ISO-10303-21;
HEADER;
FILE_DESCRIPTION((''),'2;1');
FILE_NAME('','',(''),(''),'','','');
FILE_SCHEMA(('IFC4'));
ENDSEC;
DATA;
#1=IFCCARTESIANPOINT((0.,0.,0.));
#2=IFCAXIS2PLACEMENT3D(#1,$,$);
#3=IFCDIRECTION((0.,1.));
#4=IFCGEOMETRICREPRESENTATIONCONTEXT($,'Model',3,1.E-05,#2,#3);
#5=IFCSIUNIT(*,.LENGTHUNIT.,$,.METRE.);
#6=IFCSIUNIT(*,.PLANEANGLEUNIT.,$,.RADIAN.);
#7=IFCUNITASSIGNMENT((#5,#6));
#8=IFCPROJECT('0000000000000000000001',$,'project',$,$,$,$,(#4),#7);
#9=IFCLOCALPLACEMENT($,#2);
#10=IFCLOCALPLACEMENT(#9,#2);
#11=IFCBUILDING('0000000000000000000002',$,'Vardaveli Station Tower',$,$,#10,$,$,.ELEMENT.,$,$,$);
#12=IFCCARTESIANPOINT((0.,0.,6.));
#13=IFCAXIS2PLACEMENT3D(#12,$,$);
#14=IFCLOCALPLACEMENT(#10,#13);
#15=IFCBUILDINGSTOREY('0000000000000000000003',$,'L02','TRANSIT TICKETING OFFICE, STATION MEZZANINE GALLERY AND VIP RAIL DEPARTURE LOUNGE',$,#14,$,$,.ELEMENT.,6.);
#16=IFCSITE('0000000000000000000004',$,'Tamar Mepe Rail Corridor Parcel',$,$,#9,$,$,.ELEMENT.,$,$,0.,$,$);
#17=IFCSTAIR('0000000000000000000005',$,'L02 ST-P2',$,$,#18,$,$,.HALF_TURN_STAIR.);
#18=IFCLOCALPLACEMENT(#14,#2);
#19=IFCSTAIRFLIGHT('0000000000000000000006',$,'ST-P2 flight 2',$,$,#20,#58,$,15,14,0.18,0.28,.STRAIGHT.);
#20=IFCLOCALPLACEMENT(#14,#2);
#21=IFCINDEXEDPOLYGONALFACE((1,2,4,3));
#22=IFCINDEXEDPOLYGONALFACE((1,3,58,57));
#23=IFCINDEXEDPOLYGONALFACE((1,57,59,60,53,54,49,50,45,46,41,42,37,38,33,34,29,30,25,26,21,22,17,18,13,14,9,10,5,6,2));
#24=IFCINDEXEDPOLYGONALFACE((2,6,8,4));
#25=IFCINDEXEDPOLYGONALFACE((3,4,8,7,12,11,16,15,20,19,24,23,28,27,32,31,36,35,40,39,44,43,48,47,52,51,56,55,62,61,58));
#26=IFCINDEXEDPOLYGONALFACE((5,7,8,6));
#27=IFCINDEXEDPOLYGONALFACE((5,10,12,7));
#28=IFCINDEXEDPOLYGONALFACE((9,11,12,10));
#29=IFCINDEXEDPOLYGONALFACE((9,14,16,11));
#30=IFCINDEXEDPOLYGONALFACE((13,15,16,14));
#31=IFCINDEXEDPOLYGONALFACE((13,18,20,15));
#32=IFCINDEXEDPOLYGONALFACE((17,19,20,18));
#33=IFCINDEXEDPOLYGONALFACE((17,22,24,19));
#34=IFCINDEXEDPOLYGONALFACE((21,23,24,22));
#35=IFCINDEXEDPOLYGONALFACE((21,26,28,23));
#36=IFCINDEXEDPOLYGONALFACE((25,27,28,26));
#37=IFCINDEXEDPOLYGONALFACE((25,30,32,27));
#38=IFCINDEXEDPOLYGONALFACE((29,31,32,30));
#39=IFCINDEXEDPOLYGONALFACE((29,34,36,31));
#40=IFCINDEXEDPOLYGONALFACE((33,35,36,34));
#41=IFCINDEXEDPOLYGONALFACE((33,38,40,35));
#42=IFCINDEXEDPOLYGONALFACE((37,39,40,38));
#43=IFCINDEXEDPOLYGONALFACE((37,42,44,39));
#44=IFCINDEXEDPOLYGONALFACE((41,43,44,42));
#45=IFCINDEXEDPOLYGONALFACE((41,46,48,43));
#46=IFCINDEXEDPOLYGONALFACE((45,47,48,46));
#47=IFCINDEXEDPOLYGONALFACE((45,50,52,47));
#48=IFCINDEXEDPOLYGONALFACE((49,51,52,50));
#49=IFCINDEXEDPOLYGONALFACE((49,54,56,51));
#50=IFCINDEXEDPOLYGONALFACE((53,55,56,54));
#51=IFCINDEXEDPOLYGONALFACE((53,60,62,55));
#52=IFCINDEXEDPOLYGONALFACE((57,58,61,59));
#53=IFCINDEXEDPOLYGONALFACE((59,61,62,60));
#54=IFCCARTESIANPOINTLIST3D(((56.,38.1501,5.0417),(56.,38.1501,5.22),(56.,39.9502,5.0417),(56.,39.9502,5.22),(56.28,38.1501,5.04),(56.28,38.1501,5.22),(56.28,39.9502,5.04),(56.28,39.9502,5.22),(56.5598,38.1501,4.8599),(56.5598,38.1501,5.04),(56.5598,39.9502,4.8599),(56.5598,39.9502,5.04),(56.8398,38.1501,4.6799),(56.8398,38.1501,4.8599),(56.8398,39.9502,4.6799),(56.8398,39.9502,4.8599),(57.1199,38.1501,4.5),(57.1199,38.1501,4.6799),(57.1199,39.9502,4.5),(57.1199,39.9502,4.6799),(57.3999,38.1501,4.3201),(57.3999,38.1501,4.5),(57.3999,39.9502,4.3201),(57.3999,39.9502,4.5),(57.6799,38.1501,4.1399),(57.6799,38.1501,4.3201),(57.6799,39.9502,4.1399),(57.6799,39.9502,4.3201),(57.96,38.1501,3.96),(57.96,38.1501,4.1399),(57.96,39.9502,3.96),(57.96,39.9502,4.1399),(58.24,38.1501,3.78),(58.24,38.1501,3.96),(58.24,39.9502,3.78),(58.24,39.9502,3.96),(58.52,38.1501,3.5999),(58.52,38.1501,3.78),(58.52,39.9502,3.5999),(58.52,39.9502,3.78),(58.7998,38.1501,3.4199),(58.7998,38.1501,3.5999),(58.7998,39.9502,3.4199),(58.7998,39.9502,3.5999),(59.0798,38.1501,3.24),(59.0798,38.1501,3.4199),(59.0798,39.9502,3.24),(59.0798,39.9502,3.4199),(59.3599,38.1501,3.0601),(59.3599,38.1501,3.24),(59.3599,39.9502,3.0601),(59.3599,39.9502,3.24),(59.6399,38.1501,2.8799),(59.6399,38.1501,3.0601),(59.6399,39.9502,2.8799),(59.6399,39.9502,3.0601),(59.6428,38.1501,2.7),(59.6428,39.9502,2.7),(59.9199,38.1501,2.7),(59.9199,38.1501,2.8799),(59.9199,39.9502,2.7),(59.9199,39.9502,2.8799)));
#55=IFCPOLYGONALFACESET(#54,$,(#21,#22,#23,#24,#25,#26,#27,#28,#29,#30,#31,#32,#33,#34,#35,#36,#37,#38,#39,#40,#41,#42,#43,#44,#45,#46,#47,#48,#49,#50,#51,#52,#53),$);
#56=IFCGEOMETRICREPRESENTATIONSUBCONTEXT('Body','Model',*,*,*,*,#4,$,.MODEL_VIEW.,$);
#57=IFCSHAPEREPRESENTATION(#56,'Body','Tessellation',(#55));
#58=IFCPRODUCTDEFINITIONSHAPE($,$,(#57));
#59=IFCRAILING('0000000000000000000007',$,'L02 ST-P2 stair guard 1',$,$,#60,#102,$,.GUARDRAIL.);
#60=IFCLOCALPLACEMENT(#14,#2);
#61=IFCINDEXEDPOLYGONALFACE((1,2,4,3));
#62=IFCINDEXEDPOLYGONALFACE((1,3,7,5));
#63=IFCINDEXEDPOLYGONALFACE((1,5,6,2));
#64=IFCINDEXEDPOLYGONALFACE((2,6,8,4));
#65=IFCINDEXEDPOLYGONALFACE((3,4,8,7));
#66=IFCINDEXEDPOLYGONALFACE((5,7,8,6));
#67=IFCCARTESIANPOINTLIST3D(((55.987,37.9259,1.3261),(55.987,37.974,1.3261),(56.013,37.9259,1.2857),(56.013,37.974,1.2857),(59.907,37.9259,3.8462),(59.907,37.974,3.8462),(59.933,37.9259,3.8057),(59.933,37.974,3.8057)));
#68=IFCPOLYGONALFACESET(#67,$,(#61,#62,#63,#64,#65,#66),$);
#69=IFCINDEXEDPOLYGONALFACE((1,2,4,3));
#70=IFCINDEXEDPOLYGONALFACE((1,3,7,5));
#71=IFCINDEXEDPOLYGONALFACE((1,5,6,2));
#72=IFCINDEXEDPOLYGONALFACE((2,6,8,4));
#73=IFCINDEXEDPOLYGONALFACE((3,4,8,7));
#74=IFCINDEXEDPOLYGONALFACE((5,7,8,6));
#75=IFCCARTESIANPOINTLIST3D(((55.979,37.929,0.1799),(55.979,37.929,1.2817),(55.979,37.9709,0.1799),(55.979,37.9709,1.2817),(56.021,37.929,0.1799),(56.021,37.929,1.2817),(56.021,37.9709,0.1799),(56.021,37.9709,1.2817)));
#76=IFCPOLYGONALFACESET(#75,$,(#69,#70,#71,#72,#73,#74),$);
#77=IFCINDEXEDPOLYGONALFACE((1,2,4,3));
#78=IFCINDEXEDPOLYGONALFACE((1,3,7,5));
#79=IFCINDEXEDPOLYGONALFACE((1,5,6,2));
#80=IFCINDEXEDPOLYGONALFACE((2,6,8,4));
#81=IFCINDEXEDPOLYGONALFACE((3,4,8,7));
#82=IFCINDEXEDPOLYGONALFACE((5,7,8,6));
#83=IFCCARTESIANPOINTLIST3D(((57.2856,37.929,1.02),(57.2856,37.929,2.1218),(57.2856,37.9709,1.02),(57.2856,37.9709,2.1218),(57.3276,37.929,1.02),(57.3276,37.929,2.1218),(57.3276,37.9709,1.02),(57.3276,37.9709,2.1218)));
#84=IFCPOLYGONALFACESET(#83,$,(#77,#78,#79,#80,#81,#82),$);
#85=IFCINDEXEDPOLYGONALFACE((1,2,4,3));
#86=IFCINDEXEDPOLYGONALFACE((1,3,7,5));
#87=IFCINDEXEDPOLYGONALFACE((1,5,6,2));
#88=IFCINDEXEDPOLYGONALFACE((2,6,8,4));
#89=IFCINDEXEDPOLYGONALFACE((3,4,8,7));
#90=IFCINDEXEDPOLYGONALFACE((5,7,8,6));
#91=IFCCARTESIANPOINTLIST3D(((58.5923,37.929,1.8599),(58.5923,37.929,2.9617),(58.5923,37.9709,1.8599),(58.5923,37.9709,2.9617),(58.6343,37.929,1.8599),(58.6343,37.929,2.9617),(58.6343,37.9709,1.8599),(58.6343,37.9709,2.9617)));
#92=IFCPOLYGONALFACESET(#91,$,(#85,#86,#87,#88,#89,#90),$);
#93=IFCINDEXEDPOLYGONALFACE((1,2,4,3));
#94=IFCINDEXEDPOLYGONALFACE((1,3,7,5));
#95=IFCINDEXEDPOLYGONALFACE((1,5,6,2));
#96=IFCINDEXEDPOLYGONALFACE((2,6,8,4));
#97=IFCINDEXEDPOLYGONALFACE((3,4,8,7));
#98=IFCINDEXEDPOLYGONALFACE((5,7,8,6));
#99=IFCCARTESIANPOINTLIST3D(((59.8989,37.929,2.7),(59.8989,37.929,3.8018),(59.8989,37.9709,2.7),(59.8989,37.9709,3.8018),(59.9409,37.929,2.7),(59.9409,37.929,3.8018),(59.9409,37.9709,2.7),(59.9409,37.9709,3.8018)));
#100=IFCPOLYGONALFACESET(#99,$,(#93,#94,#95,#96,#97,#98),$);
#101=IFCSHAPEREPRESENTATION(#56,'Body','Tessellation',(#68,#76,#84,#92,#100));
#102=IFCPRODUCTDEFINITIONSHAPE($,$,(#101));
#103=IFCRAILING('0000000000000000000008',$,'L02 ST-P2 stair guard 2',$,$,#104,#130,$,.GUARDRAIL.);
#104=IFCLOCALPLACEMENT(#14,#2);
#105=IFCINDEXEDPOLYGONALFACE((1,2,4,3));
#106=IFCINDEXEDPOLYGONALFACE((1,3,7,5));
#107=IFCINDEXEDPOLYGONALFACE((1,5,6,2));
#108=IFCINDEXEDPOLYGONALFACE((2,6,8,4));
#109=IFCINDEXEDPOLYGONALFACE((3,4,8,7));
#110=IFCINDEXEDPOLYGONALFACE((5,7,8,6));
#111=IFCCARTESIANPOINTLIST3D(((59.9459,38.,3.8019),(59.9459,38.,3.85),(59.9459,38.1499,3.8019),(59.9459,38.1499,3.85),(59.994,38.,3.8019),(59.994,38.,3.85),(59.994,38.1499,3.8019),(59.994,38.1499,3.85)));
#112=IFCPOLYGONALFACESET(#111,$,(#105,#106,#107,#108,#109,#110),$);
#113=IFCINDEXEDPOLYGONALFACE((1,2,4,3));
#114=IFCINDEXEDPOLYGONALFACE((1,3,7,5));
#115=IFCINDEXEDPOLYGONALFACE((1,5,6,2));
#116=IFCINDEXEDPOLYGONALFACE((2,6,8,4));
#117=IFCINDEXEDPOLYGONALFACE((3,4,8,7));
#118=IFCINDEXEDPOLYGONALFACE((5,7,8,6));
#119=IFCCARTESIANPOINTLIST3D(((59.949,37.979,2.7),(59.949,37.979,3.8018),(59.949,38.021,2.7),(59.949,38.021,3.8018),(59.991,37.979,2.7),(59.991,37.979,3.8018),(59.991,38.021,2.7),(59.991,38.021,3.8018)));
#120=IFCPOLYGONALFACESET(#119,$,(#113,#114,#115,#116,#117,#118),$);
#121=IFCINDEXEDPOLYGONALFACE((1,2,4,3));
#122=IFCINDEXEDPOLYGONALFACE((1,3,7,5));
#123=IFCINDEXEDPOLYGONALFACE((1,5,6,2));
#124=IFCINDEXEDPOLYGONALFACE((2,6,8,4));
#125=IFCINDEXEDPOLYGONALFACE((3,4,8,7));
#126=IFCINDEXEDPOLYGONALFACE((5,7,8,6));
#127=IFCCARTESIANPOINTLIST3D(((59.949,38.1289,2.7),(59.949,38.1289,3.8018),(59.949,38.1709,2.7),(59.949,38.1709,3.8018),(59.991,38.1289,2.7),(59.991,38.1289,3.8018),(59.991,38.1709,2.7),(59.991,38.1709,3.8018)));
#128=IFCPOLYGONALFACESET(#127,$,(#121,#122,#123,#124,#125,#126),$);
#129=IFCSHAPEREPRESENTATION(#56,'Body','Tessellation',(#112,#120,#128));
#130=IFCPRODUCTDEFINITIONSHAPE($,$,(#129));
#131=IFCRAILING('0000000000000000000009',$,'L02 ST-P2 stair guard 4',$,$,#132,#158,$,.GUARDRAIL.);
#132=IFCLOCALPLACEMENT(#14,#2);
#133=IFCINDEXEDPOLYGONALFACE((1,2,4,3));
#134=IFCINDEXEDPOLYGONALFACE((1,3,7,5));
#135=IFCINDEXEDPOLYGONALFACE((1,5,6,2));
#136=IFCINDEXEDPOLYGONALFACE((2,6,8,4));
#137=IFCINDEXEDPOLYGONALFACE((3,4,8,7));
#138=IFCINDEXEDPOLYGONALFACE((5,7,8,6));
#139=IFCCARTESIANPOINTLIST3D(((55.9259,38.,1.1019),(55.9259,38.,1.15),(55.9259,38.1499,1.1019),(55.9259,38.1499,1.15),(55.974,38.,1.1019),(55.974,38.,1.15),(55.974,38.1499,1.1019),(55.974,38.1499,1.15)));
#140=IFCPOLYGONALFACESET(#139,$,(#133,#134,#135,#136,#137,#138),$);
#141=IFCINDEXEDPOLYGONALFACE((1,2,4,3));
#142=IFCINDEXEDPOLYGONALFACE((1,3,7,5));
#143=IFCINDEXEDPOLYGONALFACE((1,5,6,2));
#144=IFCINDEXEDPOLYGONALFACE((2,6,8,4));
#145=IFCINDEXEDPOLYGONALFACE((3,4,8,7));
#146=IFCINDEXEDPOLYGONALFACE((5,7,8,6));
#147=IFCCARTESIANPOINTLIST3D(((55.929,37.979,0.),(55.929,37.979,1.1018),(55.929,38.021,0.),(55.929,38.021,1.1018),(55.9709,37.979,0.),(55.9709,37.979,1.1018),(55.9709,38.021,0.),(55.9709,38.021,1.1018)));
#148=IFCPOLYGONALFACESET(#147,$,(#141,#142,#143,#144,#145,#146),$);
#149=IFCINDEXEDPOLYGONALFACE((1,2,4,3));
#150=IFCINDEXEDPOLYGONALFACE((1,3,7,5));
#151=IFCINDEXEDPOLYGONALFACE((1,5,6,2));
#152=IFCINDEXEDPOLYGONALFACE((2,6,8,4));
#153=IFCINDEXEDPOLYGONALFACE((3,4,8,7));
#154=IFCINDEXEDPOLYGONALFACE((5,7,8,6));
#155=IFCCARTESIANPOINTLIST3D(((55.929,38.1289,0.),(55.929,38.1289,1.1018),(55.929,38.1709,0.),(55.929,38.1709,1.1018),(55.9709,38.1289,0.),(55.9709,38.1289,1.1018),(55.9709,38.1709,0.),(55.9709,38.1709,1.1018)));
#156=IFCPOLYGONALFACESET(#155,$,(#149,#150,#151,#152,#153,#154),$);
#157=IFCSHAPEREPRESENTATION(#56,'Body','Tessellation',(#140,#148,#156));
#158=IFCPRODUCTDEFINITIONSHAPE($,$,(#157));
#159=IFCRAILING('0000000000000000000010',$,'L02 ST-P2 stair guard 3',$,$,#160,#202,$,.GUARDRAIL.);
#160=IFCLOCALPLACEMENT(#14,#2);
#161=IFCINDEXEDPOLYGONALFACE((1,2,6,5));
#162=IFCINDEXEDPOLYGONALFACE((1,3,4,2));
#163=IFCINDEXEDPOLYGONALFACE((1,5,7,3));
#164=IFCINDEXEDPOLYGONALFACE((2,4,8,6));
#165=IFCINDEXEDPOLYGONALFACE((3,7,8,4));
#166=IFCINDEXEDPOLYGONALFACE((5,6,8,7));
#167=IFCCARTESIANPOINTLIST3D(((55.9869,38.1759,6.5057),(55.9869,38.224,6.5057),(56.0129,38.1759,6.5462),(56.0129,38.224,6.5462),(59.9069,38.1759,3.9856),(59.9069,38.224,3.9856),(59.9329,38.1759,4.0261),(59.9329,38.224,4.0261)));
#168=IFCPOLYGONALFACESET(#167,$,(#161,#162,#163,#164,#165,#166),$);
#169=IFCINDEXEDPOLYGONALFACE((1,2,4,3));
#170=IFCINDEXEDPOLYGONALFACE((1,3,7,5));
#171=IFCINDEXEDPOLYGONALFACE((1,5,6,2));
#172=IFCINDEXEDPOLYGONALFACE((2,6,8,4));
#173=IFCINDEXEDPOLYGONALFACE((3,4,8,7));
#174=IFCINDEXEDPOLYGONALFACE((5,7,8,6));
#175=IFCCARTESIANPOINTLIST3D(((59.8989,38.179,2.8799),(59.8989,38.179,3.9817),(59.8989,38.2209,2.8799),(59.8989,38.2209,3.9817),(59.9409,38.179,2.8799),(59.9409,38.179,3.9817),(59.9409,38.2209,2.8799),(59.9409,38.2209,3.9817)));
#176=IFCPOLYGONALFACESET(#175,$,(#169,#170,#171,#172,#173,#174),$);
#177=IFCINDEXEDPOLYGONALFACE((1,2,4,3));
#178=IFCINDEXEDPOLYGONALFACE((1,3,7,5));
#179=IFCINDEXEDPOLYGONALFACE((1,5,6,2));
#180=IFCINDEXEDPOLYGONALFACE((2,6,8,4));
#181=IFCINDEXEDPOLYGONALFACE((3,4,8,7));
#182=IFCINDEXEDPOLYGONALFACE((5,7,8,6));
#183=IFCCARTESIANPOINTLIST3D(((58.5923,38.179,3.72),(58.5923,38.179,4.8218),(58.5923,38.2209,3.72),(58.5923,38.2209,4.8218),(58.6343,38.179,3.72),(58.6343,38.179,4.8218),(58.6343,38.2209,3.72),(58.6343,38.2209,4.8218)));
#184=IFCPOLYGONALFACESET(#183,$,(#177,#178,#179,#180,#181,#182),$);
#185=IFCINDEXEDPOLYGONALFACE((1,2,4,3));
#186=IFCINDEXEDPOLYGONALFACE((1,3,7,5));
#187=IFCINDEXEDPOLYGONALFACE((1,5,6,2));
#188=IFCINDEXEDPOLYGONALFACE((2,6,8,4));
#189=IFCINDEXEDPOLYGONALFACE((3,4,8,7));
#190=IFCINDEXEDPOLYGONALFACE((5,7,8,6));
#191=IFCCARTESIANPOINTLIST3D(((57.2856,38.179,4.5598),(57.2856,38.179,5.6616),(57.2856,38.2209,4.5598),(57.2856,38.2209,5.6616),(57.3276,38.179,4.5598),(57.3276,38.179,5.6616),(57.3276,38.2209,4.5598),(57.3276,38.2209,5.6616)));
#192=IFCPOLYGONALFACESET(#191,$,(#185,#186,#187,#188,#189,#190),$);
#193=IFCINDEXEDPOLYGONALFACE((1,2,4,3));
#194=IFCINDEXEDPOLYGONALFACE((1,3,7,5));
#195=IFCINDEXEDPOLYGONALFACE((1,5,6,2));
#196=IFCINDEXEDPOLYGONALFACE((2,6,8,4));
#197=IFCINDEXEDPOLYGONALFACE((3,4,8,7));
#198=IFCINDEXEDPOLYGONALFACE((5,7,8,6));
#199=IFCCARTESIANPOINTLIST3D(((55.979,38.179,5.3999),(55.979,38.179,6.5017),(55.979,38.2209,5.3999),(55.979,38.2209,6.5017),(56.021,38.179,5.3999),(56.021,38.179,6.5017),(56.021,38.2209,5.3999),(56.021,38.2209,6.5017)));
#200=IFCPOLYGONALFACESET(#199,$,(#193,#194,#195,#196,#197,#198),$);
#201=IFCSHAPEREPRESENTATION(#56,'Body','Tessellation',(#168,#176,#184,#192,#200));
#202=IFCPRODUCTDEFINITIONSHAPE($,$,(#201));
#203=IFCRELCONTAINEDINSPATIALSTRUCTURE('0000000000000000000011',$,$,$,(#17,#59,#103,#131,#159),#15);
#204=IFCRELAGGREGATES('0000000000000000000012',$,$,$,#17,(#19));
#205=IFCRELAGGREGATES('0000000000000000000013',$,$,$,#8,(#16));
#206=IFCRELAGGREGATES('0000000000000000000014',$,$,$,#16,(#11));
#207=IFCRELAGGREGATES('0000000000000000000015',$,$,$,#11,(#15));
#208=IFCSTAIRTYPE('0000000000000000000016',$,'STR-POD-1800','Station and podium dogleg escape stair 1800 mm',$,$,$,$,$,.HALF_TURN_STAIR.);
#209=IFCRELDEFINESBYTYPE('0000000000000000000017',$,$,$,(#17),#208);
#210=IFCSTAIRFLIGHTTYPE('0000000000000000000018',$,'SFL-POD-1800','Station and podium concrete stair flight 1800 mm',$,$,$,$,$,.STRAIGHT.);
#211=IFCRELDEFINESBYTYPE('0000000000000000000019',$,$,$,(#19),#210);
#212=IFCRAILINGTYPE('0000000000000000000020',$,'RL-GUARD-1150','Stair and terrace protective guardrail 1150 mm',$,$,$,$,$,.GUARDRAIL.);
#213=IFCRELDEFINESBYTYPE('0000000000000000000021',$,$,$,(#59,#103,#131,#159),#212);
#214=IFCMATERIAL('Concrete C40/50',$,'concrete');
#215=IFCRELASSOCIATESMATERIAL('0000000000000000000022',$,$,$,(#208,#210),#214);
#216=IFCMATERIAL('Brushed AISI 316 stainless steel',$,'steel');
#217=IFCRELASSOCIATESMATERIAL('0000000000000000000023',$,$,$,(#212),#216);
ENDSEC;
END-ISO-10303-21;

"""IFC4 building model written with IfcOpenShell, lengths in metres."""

from ifc_helpers import new_model, si_unit, direction, frame, origin, origin_2d, place, context, subcontext, project, spatial, polyline, rectangle, outline, extrude, source, transform, mapped, material, type_object, element, aggregate, save


model = new_model("IFC4")

# Units and contexts
model_context = context("Model", 3, precision=1e-05, world=origin(), true_north=direction((0.0, 1.0)))
body_context = subcontext(model_context, "Body", "Model", "MODEL_VIEW")
ifc_project = project(units=[si_unit("LENGTHUNIT", "METRE"), si_unit("PLANEANGLEUNIT", "RADIAN")], contexts=[model_context])

# Site, building, storey
site_placement = place(None, origin())
site = spatial("IfcSite", under=ifc_project, at=site_placement, Name="Tamar Mepe Rail Corridor Parcel", CompositionType="ELEMENT", RefElevation=0.0)
building_placement = place(site_placement, origin())
building = spatial("IfcBuilding", under=site, at=building_placement, Name="Vardaveli Station Tower", CompositionType="ELEMENT")
storey_placement = place(building_placement, frame((0.0, 0.0, 6.0)))
storey = spatial("IfcBuildingStorey", under=building, at=storey_placement, Name="L02", Description="TRANSIT TICKETING OFFICE, STATION MEZZANINE GALLERY AND VIP RAIL DEPARTURE LOUNGE", CompositionType="ELEMENT", Elevation=6.0)

# Shared definitions
ifc_material_1 = material(Name="Concrete C40/50", Category="concrete")

# Stair, stair flight
stair_type = type_object("IfcStairType", Name="STR-POD-1800", Description="Station and podium dogleg escape stair 1800 mm", PredefinedType="HALF_TURN_STAIR", material=ifc_material_1)
stair_placement = place(storey_placement, origin())
stair = element("IfcStair", 1, at=stair_placement, inside=storey, type_object=stair_type, Name="L02 ST-P2", PredefinedType="HALF_TURN_STAIR")
stair_flight_type = type_object("IfcStairFlightType", Name="SFL-POD-1800", Description="Station and podium concrete stair flight 1800 mm", PredefinedType="STRAIGHT", material=ifc_material_1)
shared_shape_1 = source(origin(), body_context, "Body", "SweptSolid", [
    extrude(outline(polyline([(0.0, 0.0), (0.0, 0.1799), (0.28, 0.1799), (0.28, 0.3601), (0.5601, 0.3601), (0.5601, 0.54), (0.8401, 0.54), (0.8401, 0.72), (1.1201, 0.72), (1.1201, 0.8999), (1.3999, 0.8999), (1.3999, 1.0801), (1.6799, 1.0801), (1.6799, 1.26), (1.96, 1.26), (1.96, 1.4399), (2.24, 1.4399), (2.24, 1.6201), (2.52, 1.6201), (2.52, 1.8), (2.8, 1.8), (2.8, 1.98), (3.0801, 1.98), (3.0801, 2.1599), (3.3601, 2.1599), (3.3601, 2.3401), (3.6399, 2.3401), (3.6399, 2.52), (3.9199, 2.52), (3.9199, 2.7), (3.9199, 2.3418), (0.2771, 0.0), (0.0, 0.0)])), frame((0.0, 0.8999, 0.0), z_axis=(0.0, -1.0, 0.0), x_axis=(1.0, 0.0, 0.0)), (0.0, 0.0, 1.0), 1.8),
])
stair_flight_1_placement = place(storey_placement, frame((59.9199, 39.05, 2.7), z_axis=(0.0, 0.0, 1.0), x_axis=(-1.0, 0.0, 0.0)))
stair_flight_1 = element("IfcStairFlight", 2, at=stair_flight_1_placement, type_object=stair_flight_type, Name="ST-P2 flight 2", NumberOfRisers=15, NumberOfTreads=14, PredefinedType="STRAIGHT", RiserHeight=0.18, TreadLength=0.28, context=body_context, shape_type="MappedRepresentation", body=[
    mapped(shared_shape_1, transform((0.0, 0.0, 0.0), scale=1.0)),
])
aggregate(stair, [stair_flight_1])

# Railings
ifc_material_2 = material(Name="Brushed AISI 316 stainless steel", Category="steel")
railing_type_1 = type_object("IfcRailingType", Name="RL-GUARD-1150", Description="Stair and terrace protective guardrail 1150 mm", PredefinedType="GUARDRAIL", material=ifc_material_2)
shared_shape_2 = source(origin(), body_context, "Body", "SweptSolid", [
    extrude(rectangle(XDim=0.0481, YDim=0.0481, at=origin_2d()), frame((0.0, 0.0, 1.126), z_axis=(0.841172, 0.0, 0.540768), x_axis=(0.0, 1.0, 0.0)), (0.0, 0.0, 1.0), 4.6602),
    extrude(rectangle(XDim=0.042, YDim=0.042, at=origin_2d()), origin(), (0.0, 0.0, 1.0), 1.1018),
    extrude(rectangle(XDim=0.042, YDim=0.042, at=origin_2d()), frame((1.3066, 0.0, 0.8401)), (0.0, 0.0, 1.0), 1.1018),
    extrude(rectangle(XDim=0.042, YDim=0.042, at=origin_2d()), frame((2.6133, 0.0, 1.6799)), (0.0, 0.0, 1.0), 1.1018),
    extrude(rectangle(XDim=0.042, YDim=0.042, at=origin_2d()), frame((3.9199, 0.0, 2.52)), (0.0, 0.0, 1.0), 1.1018),
])
railing_1_placement = place(storey_placement, frame((56.0, 37.95, 0.1799)))
element("IfcRailing", 3, at=railing_1_placement, inside=storey, type_object=railing_type_1, Name="L02 ST-P2 stair guard 1", PredefinedType="GUARDRAIL", context=body_context, shape_type="MappedRepresentation", body=[
    mapped(shared_shape_2, transform((0.0, 0.0, 0.0), scale=1.0)),
])
shared_shape_3 = source(origin(), body_context, "Body", "SweptSolid", [
    extrude(rectangle(XDim=0.0481, YDim=0.0481, at=origin_2d()), frame((0.0, 0.0, 1.126), z_axis=(0.0, 1.0, 0.0), x_axis=(-1.0, 0.0, 0.0)), (0.0, 0.0, 1.0), 0.1499),
    extrude(rectangle(XDim=0.042, YDim=0.042, at=origin_2d()), origin(), (0.0, 0.0, 1.0), 1.1018),
    extrude(rectangle(XDim=0.042, YDim=0.042, at=origin_2d()), frame((0.0, 0.1499, 0.0)), (0.0, 0.0, 1.0), 1.1018),
])
for number, where, name in (
    (4, (59.97, 38.0, 2.7), "L02 ST-P2 stair guard 2"),
    (5, (55.95, 38.0, 0.0), "L02 ST-P2 stair guard 4"),
):
    element("IfcRailing", number, at=place(storey_placement, frame(where)), inside=storey, type_object=railing_type_1, Name=name, PredefinedType="GUARDRAIL", context=body_context, shape_type="MappedRepresentation", body=[
        mapped(shared_shape_3, transform((0.0, 0.0, 0.0), scale=1.0)),
    ])
shared_shape_4 = source(origin(), body_context, "Body", "SweptSolid", [
    extrude(rectangle(XDim=0.0481, YDim=0.0481, at=origin_2d()), frame((0.0, 0.0, 1.126), z_axis=(-0.841172, 0.0, 0.540768), x_axis=(0.0, -1.0, 0.0)), (0.0, 0.0, 1.0), 4.6602),
    extrude(rectangle(XDim=0.042, YDim=0.042, at=origin_2d()), origin(), (0.0, 0.0, 1.0), 1.1018),
    extrude(rectangle(XDim=0.042, YDim=0.042, at=origin_2d()), frame((-1.3066, 0.0, 0.8401)), (0.0, 0.0, 1.0), 1.1018),
    extrude(rectangle(XDim=0.042, YDim=0.042, at=origin_2d()), frame((-2.6133, 0.0, 1.6799)), (0.0, 0.0, 1.0), 1.1018),
    extrude(rectangle(XDim=0.042, YDim=0.042, at=origin_2d()), frame((-3.9199, 0.0, 2.52)), (0.0, 0.0, 1.0), 1.1018),
])
railing_2_placement = place(storey_placement, frame((59.9199, 38.2, 2.8799)))
element("IfcRailing", 6, at=railing_2_placement, inside=storey, type_object=railing_type_1, Name="L02 ST-P2 stair guard 3", PredefinedType="GUARDRAIL", context=body_context, shape_type="MappedRepresentation", body=[
    mapped(shared_shape_4, transform((0.0, 0.0, 0.0), scale=1.0)),
])

save(model, "model.ifc")
